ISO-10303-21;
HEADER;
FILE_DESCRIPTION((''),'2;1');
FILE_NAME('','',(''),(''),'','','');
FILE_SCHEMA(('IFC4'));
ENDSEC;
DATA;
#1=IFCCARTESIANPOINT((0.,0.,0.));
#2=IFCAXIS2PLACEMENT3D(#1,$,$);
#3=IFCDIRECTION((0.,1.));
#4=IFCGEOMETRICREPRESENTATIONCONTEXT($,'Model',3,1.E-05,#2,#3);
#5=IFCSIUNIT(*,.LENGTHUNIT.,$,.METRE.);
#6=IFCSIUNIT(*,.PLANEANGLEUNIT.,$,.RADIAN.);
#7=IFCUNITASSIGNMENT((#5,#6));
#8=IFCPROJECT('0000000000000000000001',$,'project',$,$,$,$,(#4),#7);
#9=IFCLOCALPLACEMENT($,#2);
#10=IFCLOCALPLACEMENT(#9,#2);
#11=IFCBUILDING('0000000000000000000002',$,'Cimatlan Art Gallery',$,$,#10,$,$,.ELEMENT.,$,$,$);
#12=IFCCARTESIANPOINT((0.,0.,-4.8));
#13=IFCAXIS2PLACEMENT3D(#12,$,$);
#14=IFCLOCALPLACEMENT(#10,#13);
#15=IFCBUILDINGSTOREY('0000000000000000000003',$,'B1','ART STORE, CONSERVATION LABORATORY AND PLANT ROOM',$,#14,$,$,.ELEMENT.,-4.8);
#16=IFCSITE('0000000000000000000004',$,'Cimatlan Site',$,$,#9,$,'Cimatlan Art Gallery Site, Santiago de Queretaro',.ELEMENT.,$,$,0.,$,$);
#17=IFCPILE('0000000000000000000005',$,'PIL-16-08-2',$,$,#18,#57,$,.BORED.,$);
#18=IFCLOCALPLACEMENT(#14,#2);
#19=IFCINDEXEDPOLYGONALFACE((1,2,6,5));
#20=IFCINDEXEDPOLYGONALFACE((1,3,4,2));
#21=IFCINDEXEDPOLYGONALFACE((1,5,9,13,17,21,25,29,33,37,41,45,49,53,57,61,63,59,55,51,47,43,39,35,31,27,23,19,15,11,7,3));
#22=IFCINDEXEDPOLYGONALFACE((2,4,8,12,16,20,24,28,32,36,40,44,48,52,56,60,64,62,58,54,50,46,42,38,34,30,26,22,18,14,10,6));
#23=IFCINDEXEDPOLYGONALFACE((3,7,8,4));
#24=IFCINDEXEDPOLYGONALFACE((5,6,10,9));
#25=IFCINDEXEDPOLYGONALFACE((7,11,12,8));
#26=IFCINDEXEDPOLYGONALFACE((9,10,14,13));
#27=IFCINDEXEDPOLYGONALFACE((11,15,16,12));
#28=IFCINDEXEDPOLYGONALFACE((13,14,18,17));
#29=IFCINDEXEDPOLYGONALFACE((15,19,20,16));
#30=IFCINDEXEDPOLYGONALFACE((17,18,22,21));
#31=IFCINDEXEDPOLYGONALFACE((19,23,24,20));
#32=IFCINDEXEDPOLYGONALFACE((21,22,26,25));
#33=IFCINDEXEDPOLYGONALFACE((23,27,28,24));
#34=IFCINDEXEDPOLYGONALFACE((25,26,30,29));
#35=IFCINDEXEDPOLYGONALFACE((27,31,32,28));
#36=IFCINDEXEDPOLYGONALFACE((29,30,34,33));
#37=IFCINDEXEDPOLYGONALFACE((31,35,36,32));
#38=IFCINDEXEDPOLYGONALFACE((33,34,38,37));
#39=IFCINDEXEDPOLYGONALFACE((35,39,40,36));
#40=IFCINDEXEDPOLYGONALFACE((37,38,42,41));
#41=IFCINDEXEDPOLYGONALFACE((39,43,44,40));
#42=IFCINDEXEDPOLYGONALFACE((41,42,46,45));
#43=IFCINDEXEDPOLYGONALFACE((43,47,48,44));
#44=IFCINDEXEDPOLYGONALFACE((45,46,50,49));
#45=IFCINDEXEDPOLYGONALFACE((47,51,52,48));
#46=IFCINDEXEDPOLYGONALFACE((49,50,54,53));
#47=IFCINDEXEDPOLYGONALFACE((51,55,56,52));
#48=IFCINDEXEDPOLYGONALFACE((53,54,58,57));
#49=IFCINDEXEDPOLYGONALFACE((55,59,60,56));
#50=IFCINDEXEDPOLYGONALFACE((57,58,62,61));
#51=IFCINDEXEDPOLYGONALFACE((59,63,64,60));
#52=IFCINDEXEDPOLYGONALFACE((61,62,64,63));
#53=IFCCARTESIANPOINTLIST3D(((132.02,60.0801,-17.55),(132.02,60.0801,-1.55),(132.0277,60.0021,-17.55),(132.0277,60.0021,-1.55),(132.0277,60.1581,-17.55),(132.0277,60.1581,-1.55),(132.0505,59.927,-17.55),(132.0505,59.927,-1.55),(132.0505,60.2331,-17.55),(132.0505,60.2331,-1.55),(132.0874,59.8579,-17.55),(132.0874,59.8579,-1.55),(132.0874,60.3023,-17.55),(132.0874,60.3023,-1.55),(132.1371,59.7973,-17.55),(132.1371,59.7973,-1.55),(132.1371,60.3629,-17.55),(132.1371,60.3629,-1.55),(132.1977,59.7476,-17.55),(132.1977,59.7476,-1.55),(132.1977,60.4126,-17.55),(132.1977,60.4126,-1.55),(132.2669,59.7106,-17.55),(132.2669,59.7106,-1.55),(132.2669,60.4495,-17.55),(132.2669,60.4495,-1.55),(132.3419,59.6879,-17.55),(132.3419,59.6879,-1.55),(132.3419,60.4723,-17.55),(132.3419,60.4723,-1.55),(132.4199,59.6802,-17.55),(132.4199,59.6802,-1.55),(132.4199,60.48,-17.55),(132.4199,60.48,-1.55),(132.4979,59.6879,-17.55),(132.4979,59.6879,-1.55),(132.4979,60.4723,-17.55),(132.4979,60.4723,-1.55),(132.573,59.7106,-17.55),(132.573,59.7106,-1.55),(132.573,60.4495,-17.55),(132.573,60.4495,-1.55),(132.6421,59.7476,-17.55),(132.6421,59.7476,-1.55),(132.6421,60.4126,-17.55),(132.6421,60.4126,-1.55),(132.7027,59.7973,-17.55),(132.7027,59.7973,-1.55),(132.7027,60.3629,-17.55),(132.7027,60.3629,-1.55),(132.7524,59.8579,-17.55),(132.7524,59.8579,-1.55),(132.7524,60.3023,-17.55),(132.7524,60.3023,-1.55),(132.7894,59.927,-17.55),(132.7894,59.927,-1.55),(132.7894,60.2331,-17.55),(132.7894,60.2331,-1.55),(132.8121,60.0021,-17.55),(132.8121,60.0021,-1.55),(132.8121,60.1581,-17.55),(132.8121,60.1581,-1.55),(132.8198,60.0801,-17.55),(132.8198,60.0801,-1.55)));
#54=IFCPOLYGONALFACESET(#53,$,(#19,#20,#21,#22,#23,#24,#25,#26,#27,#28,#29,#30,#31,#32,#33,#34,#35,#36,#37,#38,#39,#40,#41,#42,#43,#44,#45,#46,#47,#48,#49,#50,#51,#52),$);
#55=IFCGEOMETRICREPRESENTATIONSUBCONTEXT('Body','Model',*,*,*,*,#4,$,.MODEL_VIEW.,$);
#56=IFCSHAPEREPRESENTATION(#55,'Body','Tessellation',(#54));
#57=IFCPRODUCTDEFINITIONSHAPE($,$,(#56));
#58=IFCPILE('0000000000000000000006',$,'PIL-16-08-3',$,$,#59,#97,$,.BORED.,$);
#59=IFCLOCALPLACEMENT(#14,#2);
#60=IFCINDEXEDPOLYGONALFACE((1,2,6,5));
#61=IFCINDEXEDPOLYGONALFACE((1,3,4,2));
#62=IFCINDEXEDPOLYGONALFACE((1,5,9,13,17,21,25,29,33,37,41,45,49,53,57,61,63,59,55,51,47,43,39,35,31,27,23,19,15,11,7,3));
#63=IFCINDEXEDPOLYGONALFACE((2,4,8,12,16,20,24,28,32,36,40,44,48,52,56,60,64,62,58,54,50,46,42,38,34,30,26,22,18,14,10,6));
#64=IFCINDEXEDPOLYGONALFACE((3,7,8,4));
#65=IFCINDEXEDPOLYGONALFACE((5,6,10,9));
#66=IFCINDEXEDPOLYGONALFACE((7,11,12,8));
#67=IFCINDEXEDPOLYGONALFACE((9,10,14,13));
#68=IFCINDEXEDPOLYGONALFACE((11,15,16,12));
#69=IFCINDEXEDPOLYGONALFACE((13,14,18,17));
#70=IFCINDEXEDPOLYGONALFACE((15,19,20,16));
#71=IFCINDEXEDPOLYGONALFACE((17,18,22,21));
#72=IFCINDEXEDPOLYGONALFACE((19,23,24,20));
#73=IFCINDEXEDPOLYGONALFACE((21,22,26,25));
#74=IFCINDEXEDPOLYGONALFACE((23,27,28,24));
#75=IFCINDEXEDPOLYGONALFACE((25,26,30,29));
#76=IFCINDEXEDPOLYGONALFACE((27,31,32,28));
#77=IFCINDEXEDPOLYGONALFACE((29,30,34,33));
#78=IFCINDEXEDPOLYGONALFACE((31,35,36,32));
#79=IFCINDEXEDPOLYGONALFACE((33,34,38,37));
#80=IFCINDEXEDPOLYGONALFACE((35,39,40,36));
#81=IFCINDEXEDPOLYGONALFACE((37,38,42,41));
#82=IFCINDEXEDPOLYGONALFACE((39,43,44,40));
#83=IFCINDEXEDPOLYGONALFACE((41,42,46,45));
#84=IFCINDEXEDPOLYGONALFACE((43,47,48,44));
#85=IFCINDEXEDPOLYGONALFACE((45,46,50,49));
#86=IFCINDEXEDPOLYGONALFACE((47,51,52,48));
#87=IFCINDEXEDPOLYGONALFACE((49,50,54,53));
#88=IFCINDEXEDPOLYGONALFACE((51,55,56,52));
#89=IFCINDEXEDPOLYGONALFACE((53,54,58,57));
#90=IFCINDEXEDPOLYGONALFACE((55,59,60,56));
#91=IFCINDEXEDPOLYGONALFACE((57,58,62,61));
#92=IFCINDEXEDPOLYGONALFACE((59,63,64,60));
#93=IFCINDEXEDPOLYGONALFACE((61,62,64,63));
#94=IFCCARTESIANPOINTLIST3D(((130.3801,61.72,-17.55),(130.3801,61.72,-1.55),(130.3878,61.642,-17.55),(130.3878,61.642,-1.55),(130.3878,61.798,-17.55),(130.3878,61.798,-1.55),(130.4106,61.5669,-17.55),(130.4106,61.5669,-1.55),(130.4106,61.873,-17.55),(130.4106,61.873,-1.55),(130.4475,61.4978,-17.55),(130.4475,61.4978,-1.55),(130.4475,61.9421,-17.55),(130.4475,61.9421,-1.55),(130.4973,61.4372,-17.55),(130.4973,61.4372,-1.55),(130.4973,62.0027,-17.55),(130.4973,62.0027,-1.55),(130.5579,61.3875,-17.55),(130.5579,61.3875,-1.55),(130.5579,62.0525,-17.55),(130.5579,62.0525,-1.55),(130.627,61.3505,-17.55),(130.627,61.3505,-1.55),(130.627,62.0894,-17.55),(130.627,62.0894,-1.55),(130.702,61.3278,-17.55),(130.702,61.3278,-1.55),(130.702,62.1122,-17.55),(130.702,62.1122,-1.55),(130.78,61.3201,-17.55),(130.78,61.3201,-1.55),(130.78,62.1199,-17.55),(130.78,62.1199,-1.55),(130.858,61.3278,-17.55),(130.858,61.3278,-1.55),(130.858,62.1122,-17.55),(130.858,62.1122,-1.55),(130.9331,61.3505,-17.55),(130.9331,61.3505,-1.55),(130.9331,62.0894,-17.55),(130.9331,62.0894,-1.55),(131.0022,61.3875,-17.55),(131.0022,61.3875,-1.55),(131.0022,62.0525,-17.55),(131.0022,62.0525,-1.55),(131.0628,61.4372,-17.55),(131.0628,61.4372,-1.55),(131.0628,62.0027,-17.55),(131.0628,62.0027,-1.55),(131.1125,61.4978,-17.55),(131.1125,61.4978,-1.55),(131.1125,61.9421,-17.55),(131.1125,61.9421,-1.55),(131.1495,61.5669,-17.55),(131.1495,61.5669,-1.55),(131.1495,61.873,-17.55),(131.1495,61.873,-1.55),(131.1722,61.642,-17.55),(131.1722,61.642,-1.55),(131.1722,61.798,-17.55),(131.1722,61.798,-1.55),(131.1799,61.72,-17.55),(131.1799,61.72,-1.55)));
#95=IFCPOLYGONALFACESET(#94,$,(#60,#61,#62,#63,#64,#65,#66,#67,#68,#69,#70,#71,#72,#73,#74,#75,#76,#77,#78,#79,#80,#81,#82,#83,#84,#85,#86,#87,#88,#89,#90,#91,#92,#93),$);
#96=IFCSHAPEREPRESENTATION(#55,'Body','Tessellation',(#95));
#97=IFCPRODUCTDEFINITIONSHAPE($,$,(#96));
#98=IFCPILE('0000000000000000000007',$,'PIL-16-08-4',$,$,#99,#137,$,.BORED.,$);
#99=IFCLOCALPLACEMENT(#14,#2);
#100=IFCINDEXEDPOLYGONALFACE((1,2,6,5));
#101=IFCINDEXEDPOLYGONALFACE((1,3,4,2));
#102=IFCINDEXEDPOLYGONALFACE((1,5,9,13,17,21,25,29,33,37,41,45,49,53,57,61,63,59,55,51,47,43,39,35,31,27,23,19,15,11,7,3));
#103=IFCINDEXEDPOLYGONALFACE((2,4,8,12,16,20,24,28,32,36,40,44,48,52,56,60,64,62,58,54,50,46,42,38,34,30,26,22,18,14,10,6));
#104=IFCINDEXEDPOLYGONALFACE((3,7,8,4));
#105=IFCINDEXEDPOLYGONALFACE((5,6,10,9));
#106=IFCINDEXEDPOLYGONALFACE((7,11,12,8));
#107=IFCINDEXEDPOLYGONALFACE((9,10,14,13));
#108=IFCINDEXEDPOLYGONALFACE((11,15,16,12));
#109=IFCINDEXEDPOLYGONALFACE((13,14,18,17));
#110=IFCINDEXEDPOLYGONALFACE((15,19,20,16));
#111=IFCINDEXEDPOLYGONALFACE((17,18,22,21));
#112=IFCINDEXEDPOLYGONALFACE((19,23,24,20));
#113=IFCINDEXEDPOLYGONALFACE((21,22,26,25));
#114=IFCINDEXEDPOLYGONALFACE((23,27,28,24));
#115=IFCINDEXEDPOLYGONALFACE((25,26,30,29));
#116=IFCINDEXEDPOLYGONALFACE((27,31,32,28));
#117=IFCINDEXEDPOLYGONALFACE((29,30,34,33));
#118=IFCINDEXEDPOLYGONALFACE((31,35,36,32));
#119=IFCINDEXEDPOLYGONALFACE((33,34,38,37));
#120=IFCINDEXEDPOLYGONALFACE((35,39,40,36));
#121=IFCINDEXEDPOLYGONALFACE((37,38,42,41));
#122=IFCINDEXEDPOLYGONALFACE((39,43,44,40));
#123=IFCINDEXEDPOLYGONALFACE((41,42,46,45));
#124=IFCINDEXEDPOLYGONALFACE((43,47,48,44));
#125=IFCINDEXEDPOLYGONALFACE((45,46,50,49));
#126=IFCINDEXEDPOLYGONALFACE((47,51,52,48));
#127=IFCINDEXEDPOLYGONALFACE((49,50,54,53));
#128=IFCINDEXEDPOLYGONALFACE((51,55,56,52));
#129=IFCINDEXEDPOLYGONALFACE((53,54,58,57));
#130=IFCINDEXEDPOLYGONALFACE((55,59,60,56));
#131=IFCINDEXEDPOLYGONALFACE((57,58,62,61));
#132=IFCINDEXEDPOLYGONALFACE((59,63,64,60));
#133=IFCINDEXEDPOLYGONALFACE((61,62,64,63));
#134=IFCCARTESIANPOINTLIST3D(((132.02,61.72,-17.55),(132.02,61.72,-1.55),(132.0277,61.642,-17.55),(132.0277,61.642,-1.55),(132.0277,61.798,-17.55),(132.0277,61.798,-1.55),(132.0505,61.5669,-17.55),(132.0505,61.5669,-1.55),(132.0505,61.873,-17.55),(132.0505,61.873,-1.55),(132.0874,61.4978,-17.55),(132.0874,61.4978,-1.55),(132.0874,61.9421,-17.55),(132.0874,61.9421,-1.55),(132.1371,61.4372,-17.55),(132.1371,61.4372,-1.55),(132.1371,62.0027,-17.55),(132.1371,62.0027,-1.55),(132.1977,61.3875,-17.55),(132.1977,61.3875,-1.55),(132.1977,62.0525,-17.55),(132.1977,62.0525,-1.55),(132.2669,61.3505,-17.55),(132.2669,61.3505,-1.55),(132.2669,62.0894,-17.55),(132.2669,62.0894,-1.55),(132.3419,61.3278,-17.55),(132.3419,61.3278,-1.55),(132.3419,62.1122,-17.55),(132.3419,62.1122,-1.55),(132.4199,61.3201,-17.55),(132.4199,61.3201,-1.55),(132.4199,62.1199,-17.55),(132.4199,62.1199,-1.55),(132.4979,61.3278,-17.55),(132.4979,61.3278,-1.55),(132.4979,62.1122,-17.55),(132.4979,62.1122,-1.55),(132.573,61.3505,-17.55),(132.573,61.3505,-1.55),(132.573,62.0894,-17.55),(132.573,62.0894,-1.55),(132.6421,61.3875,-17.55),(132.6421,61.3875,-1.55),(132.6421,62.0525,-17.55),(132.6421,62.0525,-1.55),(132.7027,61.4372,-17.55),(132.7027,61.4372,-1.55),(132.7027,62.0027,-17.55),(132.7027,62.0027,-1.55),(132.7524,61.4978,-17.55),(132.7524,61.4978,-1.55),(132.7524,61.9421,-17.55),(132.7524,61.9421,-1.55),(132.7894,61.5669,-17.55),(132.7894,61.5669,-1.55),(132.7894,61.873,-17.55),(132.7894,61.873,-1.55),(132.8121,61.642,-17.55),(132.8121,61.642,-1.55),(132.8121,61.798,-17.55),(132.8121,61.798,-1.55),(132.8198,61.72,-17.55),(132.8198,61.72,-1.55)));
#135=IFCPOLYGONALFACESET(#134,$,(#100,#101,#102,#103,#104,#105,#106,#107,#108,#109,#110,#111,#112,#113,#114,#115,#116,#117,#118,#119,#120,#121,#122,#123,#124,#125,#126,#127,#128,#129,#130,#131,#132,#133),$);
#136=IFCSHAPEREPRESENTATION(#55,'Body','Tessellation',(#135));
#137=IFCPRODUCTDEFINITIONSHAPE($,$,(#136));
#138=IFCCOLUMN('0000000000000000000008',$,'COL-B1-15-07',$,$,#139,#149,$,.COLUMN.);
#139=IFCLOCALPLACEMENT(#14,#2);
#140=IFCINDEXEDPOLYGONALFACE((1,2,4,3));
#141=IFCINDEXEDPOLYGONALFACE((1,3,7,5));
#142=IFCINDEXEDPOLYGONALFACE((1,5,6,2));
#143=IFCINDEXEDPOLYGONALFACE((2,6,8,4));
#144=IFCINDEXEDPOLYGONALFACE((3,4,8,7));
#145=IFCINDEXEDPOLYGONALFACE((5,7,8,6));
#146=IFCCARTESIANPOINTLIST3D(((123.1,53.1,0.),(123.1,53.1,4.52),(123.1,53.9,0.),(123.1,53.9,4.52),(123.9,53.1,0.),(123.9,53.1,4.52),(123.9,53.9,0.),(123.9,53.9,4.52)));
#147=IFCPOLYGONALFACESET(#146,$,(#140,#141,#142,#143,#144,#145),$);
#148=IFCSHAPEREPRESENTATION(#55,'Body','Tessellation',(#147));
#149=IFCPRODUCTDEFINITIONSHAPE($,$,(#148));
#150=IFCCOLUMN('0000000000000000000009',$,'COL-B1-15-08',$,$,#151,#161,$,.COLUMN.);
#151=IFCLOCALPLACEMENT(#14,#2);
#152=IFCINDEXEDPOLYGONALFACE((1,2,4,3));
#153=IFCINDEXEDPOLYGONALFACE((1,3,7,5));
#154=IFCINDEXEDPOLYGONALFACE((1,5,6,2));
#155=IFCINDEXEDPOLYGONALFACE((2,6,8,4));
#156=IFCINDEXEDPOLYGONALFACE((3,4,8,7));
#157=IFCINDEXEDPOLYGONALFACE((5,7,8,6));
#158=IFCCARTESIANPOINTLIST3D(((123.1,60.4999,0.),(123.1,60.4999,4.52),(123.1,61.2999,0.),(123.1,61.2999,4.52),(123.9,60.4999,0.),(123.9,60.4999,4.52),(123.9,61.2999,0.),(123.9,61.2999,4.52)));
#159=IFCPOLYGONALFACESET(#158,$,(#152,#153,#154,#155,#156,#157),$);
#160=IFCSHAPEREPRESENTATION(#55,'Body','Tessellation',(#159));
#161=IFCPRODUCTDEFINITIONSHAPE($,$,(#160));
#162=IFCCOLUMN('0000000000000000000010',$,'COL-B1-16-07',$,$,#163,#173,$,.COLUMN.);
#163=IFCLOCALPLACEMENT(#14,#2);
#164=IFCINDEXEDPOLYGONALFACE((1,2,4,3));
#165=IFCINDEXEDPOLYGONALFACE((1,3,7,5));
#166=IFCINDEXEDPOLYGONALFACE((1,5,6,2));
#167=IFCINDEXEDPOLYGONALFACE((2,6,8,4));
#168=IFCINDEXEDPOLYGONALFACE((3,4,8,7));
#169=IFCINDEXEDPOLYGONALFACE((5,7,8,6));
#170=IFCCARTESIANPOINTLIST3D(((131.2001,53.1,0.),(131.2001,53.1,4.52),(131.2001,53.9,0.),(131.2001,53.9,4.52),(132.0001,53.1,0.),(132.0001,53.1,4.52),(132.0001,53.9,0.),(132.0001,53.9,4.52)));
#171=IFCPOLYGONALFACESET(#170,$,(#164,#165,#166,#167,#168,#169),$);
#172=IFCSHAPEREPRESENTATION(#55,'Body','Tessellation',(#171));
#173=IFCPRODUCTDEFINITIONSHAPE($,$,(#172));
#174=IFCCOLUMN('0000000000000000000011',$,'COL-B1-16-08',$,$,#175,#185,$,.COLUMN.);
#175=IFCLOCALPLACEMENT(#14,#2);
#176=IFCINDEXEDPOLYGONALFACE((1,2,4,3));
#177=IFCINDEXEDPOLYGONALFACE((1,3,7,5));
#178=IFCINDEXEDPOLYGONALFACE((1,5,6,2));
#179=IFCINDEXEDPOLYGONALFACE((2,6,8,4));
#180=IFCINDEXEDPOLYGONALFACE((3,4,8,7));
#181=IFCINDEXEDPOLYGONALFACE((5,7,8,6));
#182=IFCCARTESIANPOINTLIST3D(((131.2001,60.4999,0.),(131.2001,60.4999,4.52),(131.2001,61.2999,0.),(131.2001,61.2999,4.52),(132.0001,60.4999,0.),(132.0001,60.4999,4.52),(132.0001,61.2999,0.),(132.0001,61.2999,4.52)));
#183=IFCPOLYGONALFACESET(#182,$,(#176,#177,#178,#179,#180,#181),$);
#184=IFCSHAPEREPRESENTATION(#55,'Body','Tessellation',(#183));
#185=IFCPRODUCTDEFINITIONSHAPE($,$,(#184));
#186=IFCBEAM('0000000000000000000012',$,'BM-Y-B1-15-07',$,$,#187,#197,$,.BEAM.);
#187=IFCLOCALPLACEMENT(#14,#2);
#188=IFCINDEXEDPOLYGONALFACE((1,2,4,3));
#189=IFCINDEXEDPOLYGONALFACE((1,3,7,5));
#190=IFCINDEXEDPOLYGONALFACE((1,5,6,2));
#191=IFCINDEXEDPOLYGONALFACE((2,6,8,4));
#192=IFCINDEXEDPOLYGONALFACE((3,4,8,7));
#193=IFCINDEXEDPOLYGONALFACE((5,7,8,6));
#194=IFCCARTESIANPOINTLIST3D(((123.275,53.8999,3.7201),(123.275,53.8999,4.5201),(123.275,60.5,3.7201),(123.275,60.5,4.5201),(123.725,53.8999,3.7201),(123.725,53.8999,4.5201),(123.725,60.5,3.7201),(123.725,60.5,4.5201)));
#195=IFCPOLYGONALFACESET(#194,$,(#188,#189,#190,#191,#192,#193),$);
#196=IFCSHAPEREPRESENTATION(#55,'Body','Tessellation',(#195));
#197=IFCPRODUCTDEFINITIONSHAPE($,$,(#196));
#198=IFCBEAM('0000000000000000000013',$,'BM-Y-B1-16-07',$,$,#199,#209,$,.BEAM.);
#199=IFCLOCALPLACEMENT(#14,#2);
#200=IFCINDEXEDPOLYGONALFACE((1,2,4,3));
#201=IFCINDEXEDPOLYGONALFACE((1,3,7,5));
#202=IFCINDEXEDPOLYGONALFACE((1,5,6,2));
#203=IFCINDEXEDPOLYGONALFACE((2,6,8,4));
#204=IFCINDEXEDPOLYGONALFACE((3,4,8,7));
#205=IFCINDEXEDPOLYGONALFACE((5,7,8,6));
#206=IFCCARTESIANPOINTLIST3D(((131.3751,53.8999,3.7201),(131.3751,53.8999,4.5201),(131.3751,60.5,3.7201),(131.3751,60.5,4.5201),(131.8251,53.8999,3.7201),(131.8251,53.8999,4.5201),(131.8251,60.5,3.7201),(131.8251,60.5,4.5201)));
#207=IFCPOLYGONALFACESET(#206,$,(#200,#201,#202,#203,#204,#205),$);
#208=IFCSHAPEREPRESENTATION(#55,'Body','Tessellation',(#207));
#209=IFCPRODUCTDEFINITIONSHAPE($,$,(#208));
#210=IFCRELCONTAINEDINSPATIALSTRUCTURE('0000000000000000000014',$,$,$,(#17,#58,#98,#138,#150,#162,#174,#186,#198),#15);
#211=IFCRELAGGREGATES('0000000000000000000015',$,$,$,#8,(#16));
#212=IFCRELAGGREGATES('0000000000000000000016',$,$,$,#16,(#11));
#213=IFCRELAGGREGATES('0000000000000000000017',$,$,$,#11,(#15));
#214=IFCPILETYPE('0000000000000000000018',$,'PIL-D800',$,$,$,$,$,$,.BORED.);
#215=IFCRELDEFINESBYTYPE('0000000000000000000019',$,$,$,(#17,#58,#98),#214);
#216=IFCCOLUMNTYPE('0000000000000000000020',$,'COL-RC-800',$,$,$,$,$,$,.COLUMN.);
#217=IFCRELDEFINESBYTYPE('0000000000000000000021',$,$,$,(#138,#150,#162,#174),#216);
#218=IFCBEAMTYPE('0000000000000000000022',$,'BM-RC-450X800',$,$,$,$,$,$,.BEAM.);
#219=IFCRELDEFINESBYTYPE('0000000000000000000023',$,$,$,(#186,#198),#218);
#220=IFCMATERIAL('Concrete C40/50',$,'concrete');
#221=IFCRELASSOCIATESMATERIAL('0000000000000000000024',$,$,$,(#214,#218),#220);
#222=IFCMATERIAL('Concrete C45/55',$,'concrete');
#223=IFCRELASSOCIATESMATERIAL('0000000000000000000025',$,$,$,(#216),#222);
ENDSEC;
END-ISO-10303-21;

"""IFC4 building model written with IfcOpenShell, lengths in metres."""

from ifc_helpers import new_model, si_unit, direction, frame, origin, origin_2d, place, context, subcontext, project, spatial, rectangle, circle, extrude, material, material_profile, profile_set, type_object, element, save


model = new_model("IFC4")

# Units and contexts
model_context = context("Model", 3, precision=1e-05, world=origin(), true_north=direction((0.0, 1.0)))
body_context = subcontext(model_context, "Body", "Model", "MODEL_VIEW")
ifc_project = project(units=[si_unit("LENGTHUNIT", "METRE"), si_unit("PLANEANGLEUNIT", "RADIAN")], contexts=[model_context])

# Site, building, storey
site_placement = place(None, origin())
site = spatial("IfcSite", under=ifc_project, at=site_placement, Name="Cimatlan Site", LongName="Cimatlan Art Gallery Site, Santiago de Queretaro", CompositionType="ELEMENT", RefElevation=0.0)
building_placement = place(site_placement, origin())
building = spatial("IfcBuilding", under=site, at=building_placement, Name="Cimatlan Art Gallery", CompositionType="ELEMENT")
storey_placement = place(building_placement, frame((0.0, 0.0, -4.8)))
storey = spatial("IfcBuildingStorey", under=building, at=storey_placement, Name="B1", Description="ART STORE, CONSERVATION LABORATORY AND PLANT ROOM", CompositionType="ELEMENT", Elevation=-4.8)

# Shared definitions
ifc_material_1 = material(Name="Concrete C40/50", Category="concrete")

# Piles
pile_type = type_object("IfcPileType", Name="PIL-D800", PredefinedType="BORED", material=ifc_material_1)
for number, where, z_axis, x_axis, name in (
    (1, (132.4199, 60.0801, -1.55), (0.0, 0.0, -1.0), (1.0, 0.0, 0.0), "PIL-16-08-2"),
    (2, (130.78, 61.72, -1.55), (0.0, 0.0, -1.0), (1.0, 0.0, 0.0), "PIL-16-08-3"),
    (3, (132.4199, 61.72, -1.55), (0.0, 0.0, -1.0), (1.0, 0.0, 0.0), "PIL-16-08-4"),
):
    element("IfcPile", number, at=place(storey_placement, frame(where, z_axis=z_axis, x_axis=x_axis)), inside=storey, type_object=pile_type, Name=name, PredefinedType="BORED", context=body_context, shape_type="SweptSolid", body=[
        extrude(circle(Radius=0.3999, at=origin_2d()), origin(), (0.0, 0.0, 1.0), 16.0),
    ])

# Columns
ifc_material_2 = material(Name="Concrete C45/55", Category="concrete")
ifc_material_profile_1 = material_profile(ifc_material_2, rectangle(XDim=0.8, YDim=0.8, at=origin_2d()), Name="RC800X800")
ifc_profile_set_1 = profile_set([ifc_material_profile_1], Name="Concrete C45/55")
column_type = type_object("IfcColumnType", Name="COL-RC-800", PredefinedType="COLUMN", material=ifc_profile_set_1)
for number, where, z_axis, x_axis, name in (
    (4, (123.5, 53.5, 0.0), (0.0, 0.0, 1.0), (1.0, 0.0, 0.0), "COL-B1-15-07"),
    (5, (123.5, 60.8999, 0.0), (0.0, 0.0, 1.0), (1.0, 0.0, 0.0), "COL-B1-15-08"),
    (6, (131.6001, 53.5, 0.0), (0.0, 0.0, 1.0), (1.0, 0.0, 0.0), "COL-B1-16-07"),
    (7, (131.6001, 60.8999, 0.0), (0.0, 0.0, 1.0), (1.0, 0.0, 0.0), "COL-B1-16-08"),
):
    element("IfcColumn", number, at=place(storey_placement, frame(where, z_axis=z_axis, x_axis=x_axis)), inside=storey, type_object=column_type, Name=name, PredefinedType="COLUMN", context=body_context, shape_type="SweptSolid", body=[
        extrude(rectangle(XDim=0.8, YDim=0.8, at=origin_2d()), origin(), (0.0, 0.0, 1.0), 4.52),
    ])

# Beams
ifc_material_profile_2 = material_profile(ifc_material_1, rectangle(XDim=0.45, YDim=0.8, at=origin_2d()), Name="RC450X800")
ifc_profile_set_2 = profile_set([ifc_material_profile_2], Name="Concrete C40/50")
beam_type_1 = type_object("IfcBeamType", Name="BM-RC-450X800", PredefinedType="BEAM", material=ifc_profile_set_2)
for number, where, z_axis, x_axis, name in (
    (8, (123.5, 53.8999, 4.1201), (0.0, 1.0, 0.0), (-1.0, 0.0, 0.0), "BM-Y-B1-15-07"),
    (9, (131.6001, 53.8999, 4.1201), (0.0, 1.0, 0.0), (-1.0, 0.0, 0.0), "BM-Y-B1-16-07"),
):
    element("IfcBeam", number, at=place(storey_placement, frame(where, z_axis=z_axis, x_axis=x_axis)), inside=storey, type_object=beam_type_1, Name=name, PredefinedType="BEAM", context=body_context, shape_type="SweptSolid", body=[
        extrude(rectangle(XDim=0.45, YDim=0.8, at=origin_2d()), origin(), (0.0, 0.0, 1.0), 6.6001),
    ])

save(model, "model.ifc")
